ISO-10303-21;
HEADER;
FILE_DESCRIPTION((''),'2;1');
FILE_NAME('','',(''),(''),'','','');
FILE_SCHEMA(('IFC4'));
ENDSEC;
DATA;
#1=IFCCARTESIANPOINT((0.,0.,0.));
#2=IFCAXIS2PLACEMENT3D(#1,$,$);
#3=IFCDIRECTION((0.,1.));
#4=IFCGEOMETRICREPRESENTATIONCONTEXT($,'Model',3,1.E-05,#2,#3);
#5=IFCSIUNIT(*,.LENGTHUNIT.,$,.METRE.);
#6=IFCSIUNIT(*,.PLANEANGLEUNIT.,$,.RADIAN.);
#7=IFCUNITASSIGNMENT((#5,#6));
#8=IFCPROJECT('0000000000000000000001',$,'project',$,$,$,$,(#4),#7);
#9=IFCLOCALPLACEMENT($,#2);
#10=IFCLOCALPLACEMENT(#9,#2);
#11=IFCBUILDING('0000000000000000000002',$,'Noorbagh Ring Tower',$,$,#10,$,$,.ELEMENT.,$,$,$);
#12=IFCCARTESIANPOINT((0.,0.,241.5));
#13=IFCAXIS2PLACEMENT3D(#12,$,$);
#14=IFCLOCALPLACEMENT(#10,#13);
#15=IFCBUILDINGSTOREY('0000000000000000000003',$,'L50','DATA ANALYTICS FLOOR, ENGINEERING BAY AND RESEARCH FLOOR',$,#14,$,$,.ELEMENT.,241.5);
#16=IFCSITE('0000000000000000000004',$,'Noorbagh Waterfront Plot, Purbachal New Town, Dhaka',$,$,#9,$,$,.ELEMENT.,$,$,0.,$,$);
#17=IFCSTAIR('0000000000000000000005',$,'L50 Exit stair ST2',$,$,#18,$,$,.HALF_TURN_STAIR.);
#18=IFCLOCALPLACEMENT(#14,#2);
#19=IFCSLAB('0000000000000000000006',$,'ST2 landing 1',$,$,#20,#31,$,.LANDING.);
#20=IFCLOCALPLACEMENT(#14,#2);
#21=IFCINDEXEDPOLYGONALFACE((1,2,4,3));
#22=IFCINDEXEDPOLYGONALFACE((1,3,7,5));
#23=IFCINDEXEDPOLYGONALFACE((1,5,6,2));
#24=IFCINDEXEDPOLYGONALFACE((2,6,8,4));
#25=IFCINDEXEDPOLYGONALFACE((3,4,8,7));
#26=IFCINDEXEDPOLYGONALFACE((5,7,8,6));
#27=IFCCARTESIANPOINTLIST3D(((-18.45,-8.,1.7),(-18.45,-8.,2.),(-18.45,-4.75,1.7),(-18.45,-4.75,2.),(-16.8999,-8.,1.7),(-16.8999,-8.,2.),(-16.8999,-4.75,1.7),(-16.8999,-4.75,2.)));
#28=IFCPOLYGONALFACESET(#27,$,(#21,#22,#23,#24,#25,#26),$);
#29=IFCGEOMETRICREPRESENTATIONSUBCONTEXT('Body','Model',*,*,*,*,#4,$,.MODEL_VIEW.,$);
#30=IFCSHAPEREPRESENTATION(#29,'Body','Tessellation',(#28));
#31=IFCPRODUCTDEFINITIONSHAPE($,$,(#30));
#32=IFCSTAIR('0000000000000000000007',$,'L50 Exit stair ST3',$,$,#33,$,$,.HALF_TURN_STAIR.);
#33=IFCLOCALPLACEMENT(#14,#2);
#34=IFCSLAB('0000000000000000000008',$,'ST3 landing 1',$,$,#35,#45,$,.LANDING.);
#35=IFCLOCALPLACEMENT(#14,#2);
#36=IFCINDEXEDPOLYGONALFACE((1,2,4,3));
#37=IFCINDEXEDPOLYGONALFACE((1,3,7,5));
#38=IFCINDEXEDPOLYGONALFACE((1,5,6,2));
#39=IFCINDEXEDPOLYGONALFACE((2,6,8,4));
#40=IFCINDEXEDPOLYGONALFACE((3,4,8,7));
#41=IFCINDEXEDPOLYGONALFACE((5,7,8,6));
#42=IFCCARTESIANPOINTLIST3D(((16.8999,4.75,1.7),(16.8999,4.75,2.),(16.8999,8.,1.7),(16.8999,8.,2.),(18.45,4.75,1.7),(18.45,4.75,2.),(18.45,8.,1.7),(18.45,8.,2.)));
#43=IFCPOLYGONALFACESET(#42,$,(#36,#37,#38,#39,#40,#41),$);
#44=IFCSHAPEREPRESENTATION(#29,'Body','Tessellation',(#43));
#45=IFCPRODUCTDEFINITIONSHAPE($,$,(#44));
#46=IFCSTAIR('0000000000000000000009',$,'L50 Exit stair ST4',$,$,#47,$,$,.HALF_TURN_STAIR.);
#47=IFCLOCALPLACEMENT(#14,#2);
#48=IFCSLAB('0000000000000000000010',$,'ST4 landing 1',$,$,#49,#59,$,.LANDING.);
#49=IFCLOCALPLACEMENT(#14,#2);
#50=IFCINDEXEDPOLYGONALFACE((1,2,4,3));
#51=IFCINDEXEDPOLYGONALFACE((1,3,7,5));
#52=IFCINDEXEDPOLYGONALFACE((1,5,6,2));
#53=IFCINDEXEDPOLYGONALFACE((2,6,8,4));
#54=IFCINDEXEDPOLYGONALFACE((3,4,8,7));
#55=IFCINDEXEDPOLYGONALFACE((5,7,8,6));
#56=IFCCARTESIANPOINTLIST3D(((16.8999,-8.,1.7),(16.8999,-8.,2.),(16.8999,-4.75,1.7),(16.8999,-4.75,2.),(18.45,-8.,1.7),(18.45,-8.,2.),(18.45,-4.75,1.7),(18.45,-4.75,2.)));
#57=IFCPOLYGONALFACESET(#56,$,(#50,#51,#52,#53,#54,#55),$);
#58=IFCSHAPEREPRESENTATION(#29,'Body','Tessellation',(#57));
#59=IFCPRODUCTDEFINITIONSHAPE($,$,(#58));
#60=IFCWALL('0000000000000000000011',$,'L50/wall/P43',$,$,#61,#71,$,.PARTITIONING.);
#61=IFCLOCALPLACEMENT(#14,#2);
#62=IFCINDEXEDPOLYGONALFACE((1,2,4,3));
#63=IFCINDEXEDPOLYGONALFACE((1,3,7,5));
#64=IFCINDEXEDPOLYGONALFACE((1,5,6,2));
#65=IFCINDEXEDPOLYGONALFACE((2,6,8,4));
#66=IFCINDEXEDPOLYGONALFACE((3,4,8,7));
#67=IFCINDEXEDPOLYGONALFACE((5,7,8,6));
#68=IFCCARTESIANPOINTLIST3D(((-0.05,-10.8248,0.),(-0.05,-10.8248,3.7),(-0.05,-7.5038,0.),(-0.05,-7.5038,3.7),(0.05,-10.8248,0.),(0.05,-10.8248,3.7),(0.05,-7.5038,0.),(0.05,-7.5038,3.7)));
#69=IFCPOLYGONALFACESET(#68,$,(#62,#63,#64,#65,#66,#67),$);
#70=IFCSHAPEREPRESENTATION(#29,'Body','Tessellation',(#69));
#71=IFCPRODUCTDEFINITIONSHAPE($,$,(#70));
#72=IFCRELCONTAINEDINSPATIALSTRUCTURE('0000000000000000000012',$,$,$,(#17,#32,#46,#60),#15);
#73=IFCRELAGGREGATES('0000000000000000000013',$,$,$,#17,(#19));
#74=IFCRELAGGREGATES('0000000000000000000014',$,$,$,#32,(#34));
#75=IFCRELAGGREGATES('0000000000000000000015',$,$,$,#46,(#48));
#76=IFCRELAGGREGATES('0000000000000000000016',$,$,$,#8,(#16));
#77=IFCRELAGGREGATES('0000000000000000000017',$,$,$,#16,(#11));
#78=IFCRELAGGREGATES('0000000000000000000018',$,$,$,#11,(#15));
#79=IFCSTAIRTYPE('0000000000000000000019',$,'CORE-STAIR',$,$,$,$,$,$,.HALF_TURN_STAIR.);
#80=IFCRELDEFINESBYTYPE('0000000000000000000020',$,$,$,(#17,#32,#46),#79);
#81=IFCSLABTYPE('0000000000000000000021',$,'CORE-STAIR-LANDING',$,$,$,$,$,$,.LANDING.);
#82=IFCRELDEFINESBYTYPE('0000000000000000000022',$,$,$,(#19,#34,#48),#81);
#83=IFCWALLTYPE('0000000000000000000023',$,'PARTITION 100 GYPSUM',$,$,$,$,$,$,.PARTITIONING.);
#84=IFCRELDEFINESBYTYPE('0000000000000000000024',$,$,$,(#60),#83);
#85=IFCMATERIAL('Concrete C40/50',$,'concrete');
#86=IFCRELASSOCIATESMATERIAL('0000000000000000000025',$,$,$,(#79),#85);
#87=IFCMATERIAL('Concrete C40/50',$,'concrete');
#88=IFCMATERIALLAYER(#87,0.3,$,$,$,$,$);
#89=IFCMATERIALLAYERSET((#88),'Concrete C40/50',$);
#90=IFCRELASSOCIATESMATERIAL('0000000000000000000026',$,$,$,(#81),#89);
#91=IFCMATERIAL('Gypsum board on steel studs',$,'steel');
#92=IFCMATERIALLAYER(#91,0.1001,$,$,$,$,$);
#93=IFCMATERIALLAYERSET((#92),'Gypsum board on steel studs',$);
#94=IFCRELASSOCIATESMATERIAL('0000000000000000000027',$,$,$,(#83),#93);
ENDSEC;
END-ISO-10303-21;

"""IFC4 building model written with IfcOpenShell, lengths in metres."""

from ifc_helpers import new_model, si_unit, direction, frame, frame_2d, origin, place, context, subcontext, project, spatial, polyline, rectangle, outline, extrude, material, layer, layer_set, type_object, element, aggregate, save


model = new_model("IFC4")

# Units and contexts
model_context = context("Model", 3, precision=1e-05, world=origin(), true_north=direction((0.0, 1.0)))
body_context = subcontext(model_context, "Body", "Model", "MODEL_VIEW")
ifc_project = project(units=[si_unit("LENGTHUNIT", "METRE"), si_unit("PLANEANGLEUNIT", "RADIAN")], contexts=[model_context])

# Site, building, storey
site_placement = place(None, origin())
site = spatial("IfcSite", under=ifc_project, at=site_placement, Name="Noorbagh Waterfront Plot, Purbachal New Town, Dhaka", CompositionType="ELEMENT", RefElevation=0.0)
building_placement = place(site_placement, origin())
building = spatial("IfcBuilding", under=site, at=building_placement, Name="Noorbagh Ring Tower", CompositionType="ELEMENT")
storey_placement = place(building_placement, frame((0.0, 0.0, 241.5)))
storey = spatial("IfcBuildingStorey", under=building, at=storey_placement, Name="L50", Description="DATA ANALYTICS FLOOR, ENGINEERING BAY AND RESEARCH FLOOR", CompositionType="ELEMENT", Elevation=241.5)

# Stairs, slabs
ifc_material_1 = material(Name="Concrete C40/50", Category="concrete")
stair_type = type_object("IfcStairType", Name="CORE-STAIR", PredefinedType="HALF_TURN_STAIR", material=ifc_material_1)
stair_1_placement = place(storey_placement, origin())
stair_1 = element("IfcStair", 1, at=stair_1_placement, inside=storey, type_object=stair_type, Name="L50 Exit stair ST2", PredefinedType="HALF_TURN_STAIR")
ifc_material_2 = material(Name="Concrete C40/50", Category="concrete")
ifc_layer_1 = layer(ifc_material_2, 0.3)
ifc_layer_set_1 = layer_set([ifc_layer_1], Name="Concrete C40/50")
slab_type = type_object("IfcSlabType", Name="CORE-STAIR-LANDING", PredefinedType="LANDING", material=ifc_layer_set_1)
slab_1_placement = place(storey_placement, frame((0.0, 0.0, 1.7)))
slab_1 = element("IfcSlab", 2, at=slab_1_placement, type_object=slab_type, Name="ST2 landing 1", PredefinedType="LANDING", context=body_context, shape_type="SweptSolid", body=[
    extrude(outline(polyline([(-18.45, -8.0), (-16.8999, -8.0), (-16.8999, -4.75), (-18.45, -4.75), (-18.45, -8.0)])), origin(), (0.0, 0.0, 1.0), 0.3),
])
aggregate(stair_1, [slab_1])
stair_2_placement = place(storey_placement, origin())
stair_2 = element("IfcStair", 3, at=stair_2_placement, inside=storey, type_object=stair_type, Name="L50 Exit stair ST3", PredefinedType="HALF_TURN_STAIR")
slab_2_placement = place(storey_placement, frame((0.0, 0.0, 1.7)))
slab_2 = element("IfcSlab", 4, at=slab_2_placement, type_object=slab_type, Name="ST3 landing 1", PredefinedType="LANDING", context=body_context, shape_type="SweptSolid", body=[
    extrude(outline(polyline([(18.45, 8.0), (16.8999, 8.0), (16.8999, 4.75), (18.45, 4.75), (18.45, 8.0)])), origin(), (0.0, 0.0, 1.0), 0.3),
])
aggregate(stair_2, [slab_2])
stair_3_placement = place(storey_placement, origin())
stair_3 = element("IfcStair", 5, at=stair_3_placement, inside=storey, type_object=stair_type, Name="L50 Exit stair ST4", PredefinedType="HALF_TURN_STAIR")
slab_3_placement = place(storey_placement, frame((0.0, 0.0, 1.7)))
slab_3 = element("IfcSlab", 6, at=slab_3_placement, type_object=slab_type, Name="ST4 landing 1", PredefinedType="LANDING", context=body_context, shape_type="SweptSolid", body=[
    extrude(outline(polyline([(18.45, -4.75), (16.8999, -4.75), (16.8999, -8.0), (18.45, -8.0), (18.45, -4.75)])), origin(), (0.0, 0.0, 1.0), 0.3),
])
aggregate(stair_3, [slab_3])

# Wall
ifc_material_3 = material(Name="Gypsum board on steel studs", Category="steel")
ifc_layer_2 = layer(ifc_material_3, 0.1001)
ifc_layer_set_2 = layer_set([ifc_layer_2], Name="Gypsum board on steel studs")
wall_type = type_object("IfcWallType", Name="PARTITION 100 GYPSUM", PredefinedType="PARTITIONING", material=ifc_layer_set_2)
wall_placement = place(storey_placement, frame((0.0, -10.825, 0.0), z_axis=(0.0, 0.0, 1.0), x_axis=(0.0, 1.0, 0.0)))
element("IfcWall", 7, at=wall_placement, inside=storey, type_object=wall_type, Name="L50/wall/P43", PredefinedType="PARTITIONING", context=body_context, shape_type="SweptSolid", body=[
    extrude(rectangle(XDim=3.321, YDim=0.1001, at=frame_2d((1.6606, 0.0))), origin(), (0.0, 0.0, 1.0), 3.7),
])

save(model, "model.ifc")
